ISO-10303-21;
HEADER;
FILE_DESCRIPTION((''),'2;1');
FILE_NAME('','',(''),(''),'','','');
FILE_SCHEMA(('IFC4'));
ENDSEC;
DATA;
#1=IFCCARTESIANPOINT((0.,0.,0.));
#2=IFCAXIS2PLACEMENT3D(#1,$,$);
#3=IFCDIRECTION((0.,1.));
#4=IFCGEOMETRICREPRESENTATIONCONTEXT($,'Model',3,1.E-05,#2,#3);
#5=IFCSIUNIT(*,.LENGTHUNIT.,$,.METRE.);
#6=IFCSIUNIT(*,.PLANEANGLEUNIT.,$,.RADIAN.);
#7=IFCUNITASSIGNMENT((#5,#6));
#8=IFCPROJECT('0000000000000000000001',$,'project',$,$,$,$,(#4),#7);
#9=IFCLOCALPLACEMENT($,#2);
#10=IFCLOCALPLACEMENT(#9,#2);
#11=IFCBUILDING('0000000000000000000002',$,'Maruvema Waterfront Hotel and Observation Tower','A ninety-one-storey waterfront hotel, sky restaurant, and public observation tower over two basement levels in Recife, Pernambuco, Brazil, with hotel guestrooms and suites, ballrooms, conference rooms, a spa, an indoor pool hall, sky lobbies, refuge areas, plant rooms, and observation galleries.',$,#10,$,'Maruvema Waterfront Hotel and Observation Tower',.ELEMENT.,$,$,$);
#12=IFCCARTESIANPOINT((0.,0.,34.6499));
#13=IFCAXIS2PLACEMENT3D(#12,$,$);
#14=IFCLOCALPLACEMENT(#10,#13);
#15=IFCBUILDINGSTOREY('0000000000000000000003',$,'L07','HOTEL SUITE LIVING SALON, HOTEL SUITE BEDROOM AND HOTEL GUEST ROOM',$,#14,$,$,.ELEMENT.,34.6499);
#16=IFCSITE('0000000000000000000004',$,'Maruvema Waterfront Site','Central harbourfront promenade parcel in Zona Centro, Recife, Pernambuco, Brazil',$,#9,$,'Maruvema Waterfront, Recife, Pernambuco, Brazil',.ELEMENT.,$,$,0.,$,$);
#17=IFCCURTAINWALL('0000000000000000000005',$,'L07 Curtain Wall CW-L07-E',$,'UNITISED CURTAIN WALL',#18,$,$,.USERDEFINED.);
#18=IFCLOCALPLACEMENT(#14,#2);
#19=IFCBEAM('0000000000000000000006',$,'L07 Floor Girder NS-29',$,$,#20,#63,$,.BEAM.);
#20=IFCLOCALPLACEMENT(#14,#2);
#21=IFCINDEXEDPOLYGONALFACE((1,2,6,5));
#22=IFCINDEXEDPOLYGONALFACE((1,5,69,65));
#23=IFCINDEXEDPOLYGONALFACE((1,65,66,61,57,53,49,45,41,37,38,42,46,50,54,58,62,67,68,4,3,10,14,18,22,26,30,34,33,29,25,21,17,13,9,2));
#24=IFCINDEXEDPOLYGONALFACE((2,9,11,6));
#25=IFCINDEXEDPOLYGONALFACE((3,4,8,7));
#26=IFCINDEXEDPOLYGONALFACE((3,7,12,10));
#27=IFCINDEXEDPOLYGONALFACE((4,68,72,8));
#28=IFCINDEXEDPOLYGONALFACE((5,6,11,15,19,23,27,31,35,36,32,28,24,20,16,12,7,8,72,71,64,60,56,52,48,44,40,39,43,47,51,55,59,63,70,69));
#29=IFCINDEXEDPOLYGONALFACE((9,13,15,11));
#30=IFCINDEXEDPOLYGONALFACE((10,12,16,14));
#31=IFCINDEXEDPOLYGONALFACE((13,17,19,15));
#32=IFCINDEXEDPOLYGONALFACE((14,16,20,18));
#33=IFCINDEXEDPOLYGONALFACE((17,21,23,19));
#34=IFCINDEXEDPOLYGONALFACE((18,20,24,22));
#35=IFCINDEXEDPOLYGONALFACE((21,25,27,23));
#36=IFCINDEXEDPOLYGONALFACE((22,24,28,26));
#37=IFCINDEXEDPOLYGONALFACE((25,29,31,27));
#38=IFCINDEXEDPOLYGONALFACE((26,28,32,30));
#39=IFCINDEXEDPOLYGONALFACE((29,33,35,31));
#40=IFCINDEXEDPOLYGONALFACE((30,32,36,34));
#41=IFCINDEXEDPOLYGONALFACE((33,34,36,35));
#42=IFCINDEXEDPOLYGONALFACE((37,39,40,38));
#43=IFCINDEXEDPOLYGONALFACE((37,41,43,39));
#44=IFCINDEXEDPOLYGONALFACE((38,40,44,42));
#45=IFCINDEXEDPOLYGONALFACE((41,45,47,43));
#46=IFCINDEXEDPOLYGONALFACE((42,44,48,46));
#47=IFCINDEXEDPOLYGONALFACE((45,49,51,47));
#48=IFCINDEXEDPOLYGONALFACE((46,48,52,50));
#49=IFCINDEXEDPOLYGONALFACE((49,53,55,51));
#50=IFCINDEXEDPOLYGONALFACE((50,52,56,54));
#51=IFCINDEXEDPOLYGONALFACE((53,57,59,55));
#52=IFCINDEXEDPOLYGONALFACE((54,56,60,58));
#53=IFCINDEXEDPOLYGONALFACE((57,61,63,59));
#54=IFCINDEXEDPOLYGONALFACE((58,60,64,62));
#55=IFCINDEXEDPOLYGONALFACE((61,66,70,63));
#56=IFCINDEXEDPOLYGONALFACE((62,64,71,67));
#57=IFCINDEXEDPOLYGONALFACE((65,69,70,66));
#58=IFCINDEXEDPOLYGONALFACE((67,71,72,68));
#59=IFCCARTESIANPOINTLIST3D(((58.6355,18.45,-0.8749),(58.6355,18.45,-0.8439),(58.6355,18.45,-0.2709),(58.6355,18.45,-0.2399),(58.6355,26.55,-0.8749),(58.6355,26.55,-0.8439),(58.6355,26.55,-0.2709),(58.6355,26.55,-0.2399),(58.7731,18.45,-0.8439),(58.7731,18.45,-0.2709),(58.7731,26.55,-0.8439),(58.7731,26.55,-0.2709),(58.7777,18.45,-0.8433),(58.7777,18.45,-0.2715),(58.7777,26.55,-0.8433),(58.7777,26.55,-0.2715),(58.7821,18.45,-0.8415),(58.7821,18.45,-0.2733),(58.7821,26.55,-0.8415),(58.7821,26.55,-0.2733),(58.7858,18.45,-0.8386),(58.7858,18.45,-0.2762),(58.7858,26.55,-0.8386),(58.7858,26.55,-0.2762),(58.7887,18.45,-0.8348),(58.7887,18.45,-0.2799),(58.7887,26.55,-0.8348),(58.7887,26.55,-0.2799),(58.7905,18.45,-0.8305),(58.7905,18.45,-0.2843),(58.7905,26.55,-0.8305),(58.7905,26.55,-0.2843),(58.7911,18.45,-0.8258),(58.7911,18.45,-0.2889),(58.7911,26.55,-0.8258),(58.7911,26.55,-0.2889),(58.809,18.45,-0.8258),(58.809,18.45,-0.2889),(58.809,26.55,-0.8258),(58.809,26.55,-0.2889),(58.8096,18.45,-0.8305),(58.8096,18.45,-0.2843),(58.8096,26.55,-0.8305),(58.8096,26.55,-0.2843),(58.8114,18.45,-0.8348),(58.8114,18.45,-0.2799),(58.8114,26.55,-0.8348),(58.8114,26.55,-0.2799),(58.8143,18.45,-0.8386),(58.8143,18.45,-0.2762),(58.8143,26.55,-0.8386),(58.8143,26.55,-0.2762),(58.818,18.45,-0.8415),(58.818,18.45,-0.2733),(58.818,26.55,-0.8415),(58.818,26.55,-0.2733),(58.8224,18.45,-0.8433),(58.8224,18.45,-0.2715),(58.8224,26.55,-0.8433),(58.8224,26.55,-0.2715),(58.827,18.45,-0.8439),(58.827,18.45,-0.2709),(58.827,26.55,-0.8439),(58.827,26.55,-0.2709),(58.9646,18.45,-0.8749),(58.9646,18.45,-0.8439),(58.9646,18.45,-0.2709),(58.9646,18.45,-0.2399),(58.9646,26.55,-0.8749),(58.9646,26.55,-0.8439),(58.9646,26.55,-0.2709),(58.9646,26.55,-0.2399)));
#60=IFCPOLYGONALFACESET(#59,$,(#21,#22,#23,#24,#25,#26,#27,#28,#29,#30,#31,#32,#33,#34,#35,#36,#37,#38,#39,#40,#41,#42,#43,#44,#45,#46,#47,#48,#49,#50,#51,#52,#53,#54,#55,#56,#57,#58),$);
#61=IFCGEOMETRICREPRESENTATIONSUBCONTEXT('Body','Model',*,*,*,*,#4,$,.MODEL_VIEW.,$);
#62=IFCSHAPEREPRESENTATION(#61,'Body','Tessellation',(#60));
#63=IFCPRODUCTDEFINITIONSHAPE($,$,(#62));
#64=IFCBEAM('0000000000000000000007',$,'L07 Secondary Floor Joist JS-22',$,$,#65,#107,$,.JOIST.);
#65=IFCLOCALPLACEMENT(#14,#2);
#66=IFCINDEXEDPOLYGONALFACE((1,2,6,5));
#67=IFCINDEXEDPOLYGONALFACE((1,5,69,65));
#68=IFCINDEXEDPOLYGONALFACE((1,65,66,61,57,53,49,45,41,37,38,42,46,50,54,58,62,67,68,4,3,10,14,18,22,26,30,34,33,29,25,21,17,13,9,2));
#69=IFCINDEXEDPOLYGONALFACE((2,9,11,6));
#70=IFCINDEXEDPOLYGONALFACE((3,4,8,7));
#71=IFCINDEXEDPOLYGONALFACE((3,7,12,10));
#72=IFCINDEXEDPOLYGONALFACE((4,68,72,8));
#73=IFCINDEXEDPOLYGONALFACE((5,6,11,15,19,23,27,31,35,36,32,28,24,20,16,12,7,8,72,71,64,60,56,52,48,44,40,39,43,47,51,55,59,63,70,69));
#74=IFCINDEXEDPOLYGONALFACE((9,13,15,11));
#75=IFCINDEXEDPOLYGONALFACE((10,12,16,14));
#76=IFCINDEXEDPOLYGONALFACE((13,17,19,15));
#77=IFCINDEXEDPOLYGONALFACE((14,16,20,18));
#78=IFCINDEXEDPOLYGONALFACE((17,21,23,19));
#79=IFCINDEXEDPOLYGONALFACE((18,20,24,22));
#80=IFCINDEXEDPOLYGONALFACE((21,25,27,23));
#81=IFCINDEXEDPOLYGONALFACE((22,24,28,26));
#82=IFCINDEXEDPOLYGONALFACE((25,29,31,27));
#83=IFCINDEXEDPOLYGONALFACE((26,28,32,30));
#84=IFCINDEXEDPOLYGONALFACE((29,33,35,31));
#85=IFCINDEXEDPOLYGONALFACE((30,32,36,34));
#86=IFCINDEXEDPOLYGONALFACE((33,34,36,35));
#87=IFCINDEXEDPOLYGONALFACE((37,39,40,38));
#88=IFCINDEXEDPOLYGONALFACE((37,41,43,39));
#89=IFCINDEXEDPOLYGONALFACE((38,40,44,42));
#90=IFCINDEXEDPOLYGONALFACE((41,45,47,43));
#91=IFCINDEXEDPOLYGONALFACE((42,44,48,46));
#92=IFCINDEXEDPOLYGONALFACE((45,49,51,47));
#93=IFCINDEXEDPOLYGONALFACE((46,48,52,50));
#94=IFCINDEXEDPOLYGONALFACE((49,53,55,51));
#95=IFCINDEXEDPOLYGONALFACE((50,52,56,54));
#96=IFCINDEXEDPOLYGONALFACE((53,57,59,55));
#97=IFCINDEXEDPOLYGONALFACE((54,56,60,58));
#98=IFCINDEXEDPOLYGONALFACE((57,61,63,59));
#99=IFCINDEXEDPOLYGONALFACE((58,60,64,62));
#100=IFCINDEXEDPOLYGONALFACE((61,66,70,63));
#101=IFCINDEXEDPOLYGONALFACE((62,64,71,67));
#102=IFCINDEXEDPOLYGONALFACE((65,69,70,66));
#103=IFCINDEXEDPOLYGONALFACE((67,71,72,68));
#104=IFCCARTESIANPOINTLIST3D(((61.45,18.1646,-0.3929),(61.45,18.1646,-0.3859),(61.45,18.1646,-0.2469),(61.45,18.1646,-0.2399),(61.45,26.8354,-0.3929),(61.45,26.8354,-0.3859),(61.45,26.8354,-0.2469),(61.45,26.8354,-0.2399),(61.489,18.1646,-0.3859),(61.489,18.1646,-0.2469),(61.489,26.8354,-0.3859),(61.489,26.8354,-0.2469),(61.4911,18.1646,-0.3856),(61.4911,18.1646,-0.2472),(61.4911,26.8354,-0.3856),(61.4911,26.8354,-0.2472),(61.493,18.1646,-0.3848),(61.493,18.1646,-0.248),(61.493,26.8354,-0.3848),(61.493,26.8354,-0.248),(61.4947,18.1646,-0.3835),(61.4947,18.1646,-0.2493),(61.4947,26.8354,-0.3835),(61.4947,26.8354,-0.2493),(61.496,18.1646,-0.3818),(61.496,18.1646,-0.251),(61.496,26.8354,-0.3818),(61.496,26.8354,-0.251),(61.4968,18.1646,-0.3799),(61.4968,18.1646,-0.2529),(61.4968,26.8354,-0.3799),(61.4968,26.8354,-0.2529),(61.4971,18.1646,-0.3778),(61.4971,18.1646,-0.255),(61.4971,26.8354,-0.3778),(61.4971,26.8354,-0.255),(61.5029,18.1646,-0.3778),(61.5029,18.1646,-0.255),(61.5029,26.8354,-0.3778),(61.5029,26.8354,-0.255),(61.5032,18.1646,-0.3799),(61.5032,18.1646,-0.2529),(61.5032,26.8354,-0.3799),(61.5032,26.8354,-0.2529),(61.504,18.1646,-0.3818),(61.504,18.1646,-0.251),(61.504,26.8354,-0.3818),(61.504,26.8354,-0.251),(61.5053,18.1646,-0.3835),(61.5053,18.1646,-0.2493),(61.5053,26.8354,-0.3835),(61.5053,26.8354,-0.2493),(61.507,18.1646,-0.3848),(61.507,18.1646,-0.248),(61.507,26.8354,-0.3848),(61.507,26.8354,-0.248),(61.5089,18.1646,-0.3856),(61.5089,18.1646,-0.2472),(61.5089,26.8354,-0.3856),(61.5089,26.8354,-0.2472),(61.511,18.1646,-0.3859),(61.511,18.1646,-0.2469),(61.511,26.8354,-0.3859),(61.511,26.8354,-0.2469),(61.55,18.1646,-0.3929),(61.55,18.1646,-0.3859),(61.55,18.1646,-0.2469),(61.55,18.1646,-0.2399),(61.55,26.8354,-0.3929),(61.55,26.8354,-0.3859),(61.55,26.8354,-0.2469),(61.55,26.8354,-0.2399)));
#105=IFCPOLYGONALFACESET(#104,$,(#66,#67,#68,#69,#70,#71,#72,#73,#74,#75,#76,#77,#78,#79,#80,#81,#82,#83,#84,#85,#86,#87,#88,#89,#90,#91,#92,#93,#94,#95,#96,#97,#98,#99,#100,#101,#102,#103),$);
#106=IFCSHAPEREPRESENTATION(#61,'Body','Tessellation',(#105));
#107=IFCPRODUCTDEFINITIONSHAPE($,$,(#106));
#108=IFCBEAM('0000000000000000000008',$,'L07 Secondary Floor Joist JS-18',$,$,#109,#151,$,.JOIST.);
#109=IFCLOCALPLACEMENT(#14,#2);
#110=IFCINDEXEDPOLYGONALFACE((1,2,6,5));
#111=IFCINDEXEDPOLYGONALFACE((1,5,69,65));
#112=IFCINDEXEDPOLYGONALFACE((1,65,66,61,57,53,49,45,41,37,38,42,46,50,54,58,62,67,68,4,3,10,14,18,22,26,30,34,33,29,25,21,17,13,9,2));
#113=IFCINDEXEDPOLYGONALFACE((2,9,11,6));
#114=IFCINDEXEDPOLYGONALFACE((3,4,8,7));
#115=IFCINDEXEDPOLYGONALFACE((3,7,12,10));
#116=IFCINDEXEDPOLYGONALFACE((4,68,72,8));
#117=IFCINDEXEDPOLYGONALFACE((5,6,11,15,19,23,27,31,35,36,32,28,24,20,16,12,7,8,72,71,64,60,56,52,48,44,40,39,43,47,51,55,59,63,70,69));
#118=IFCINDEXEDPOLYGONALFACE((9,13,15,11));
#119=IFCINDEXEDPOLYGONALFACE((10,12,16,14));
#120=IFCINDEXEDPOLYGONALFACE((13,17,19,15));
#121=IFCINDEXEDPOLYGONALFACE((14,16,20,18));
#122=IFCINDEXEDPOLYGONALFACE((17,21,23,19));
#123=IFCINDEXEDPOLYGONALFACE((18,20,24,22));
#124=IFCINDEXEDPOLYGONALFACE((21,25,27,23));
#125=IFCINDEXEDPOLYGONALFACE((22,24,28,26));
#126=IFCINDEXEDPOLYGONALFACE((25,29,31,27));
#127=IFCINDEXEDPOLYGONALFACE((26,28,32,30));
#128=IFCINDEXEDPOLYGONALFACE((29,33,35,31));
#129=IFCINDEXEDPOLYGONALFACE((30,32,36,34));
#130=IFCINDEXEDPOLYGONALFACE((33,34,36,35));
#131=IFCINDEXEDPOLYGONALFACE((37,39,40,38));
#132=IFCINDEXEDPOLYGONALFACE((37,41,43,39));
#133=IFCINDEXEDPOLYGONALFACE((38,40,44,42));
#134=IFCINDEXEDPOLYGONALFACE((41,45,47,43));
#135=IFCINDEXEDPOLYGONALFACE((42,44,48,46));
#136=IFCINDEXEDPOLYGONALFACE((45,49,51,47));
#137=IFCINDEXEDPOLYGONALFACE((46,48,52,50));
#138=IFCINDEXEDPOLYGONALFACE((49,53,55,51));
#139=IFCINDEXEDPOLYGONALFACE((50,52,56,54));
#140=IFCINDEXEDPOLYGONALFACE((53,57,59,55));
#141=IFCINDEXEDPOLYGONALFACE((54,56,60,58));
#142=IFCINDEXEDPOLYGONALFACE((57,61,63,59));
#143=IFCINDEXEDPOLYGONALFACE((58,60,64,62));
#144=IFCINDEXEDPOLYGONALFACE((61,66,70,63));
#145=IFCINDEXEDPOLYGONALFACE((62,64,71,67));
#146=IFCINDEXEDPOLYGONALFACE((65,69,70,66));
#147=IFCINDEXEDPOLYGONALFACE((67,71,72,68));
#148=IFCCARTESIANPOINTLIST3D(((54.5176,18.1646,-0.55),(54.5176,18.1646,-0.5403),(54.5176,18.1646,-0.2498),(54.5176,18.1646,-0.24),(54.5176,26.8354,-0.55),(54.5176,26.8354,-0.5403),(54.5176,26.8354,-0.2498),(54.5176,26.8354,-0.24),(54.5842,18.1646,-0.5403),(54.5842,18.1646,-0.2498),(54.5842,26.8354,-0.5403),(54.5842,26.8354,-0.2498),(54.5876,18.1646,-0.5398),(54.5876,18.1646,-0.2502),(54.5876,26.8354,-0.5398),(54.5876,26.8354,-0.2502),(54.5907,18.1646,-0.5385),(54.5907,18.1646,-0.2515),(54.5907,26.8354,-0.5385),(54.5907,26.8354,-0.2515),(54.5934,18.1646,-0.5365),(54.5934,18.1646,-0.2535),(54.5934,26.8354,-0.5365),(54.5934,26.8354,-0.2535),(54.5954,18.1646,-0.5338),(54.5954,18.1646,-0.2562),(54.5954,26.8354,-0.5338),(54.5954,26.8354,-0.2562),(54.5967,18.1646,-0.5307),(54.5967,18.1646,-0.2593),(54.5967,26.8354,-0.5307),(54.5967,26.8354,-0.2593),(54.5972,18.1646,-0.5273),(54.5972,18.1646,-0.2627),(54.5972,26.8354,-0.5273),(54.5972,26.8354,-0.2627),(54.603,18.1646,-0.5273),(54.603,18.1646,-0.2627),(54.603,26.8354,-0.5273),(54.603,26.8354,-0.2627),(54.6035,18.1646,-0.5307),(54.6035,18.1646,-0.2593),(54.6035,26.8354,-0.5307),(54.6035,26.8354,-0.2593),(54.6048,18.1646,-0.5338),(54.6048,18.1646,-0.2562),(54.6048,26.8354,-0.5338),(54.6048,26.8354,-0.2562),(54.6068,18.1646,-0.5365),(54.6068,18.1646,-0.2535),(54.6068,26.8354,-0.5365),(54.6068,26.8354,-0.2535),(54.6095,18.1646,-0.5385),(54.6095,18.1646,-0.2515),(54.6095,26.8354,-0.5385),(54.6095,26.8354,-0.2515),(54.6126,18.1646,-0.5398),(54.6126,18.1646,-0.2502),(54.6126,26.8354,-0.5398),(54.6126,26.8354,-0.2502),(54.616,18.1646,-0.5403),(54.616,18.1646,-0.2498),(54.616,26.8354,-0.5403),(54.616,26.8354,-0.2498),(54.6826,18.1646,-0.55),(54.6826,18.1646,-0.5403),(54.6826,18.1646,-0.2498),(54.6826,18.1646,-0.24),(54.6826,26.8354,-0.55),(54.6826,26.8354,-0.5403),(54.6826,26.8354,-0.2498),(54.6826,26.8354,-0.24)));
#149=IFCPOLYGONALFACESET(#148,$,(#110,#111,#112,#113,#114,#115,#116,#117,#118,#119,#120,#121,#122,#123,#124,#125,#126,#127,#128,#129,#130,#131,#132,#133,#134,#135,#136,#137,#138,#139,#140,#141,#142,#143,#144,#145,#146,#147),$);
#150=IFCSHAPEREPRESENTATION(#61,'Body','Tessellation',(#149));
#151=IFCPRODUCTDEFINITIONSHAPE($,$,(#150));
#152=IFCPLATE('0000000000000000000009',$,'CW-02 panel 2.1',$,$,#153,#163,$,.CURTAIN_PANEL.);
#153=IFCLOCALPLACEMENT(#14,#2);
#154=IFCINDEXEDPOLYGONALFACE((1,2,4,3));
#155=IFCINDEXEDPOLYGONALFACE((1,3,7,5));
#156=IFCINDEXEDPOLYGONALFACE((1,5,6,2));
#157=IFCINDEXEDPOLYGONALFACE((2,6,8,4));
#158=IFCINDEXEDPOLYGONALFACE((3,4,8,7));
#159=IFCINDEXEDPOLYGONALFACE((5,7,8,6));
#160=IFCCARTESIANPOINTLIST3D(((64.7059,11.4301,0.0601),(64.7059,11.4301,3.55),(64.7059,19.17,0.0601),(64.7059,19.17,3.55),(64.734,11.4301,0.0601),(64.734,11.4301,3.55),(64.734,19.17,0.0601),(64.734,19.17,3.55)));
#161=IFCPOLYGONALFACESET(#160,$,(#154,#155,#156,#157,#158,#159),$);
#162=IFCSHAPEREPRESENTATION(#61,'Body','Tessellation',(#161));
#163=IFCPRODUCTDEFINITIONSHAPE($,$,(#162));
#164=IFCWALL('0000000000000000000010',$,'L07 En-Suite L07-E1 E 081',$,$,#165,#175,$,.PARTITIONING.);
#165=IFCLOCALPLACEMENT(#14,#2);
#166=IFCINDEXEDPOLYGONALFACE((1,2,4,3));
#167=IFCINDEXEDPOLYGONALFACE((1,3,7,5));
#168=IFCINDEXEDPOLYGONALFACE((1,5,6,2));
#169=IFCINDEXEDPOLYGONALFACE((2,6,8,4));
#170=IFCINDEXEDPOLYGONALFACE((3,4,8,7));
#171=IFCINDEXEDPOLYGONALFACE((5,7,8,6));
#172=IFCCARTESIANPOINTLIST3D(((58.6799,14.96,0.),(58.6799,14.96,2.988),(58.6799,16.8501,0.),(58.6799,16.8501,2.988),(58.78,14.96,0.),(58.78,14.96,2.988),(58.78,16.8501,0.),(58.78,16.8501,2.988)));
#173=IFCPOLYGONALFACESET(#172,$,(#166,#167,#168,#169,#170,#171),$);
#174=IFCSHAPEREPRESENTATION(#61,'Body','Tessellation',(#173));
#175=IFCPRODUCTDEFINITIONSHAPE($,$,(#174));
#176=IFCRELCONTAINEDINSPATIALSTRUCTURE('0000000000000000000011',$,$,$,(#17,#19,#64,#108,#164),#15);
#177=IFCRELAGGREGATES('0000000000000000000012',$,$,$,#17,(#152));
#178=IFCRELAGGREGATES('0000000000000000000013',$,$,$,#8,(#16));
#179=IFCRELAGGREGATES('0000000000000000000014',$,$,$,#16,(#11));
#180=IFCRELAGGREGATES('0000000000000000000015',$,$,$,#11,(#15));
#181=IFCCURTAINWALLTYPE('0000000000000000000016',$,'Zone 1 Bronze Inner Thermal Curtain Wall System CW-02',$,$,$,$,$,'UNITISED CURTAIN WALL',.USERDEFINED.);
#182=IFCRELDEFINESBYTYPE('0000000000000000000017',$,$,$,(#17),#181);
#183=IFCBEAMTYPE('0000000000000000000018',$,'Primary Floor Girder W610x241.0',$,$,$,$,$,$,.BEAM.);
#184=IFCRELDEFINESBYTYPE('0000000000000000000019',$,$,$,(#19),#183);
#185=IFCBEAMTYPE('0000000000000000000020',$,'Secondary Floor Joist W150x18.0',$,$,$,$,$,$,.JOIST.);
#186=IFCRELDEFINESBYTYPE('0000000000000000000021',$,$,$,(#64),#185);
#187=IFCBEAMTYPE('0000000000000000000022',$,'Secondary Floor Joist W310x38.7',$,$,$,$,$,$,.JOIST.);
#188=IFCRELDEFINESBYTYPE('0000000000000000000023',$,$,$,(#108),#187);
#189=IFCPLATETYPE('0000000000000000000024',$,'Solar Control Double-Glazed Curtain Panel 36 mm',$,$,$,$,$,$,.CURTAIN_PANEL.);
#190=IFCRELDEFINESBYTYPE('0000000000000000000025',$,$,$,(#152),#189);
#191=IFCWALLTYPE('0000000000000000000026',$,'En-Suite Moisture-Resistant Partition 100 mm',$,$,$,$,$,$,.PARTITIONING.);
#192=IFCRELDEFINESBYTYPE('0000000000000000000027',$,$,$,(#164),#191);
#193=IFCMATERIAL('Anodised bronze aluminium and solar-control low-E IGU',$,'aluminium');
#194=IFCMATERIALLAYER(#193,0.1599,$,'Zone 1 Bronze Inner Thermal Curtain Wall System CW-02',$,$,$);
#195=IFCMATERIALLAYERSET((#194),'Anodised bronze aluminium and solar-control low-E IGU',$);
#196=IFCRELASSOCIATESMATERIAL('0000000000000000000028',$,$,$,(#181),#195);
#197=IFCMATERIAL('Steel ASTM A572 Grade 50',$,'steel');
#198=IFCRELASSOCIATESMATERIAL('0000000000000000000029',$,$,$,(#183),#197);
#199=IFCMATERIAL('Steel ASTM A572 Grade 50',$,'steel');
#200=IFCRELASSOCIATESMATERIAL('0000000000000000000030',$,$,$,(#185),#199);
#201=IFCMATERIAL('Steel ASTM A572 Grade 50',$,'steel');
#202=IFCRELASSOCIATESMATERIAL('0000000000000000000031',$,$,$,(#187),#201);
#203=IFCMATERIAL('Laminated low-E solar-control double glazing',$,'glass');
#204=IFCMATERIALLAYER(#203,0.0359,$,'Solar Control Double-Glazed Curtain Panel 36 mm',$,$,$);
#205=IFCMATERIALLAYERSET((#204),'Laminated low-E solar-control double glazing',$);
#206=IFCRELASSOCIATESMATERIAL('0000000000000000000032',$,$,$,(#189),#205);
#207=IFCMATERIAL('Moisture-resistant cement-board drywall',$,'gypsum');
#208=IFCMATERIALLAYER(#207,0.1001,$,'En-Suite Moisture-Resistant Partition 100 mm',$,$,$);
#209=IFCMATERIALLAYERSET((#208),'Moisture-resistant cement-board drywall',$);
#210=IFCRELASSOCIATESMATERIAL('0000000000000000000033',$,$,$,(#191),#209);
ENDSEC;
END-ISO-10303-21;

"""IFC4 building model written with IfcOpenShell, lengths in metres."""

from ifc_helpers import new_model, si_unit, direction, frame, frame_2d, origin, origin_2d, place, context, subcontext, project, spatial, rectangle, i_section, extrude, material, layer, layer_set, material_profile, profile_set, type_object, element, aggregate, save


model = new_model("IFC4")

# Units and contexts
model_context = context("Model", 3, precision=1e-05, world=origin(), true_north=direction((0.0, 1.0)))
body_context = subcontext(model_context, "Body", "Model", "MODEL_VIEW")
ifc_project = project(units=[si_unit("LENGTHUNIT", "METRE"), si_unit("PLANEANGLEUNIT", "RADIAN")], contexts=[model_context])

# Site, building, storey
site_placement = place(None, origin())
site = spatial("IfcSite", under=ifc_project, at=site_placement, Name="Maruvema Waterfront Site", Description="Central harbourfront promenade parcel in Zona Centro, Recife, Pernambuco, Brazil", LongName="Maruvema Waterfront, Recife, Pernambuco, Brazil", CompositionType="ELEMENT", RefElevation=0.0)
building_placement = place(site_placement, origin())
building = spatial("IfcBuilding", under=site, at=building_placement, Name="Maruvema Waterfront Hotel and Observation Tower", Description="A ninety-one-storey waterfront hotel, sky restaurant, and public observation tower over two basement levels in Recife, Pernambuco, Brazil, with hotel guestrooms and suites, ballrooms, conference rooms, a spa, an indoor pool hall, sky lobbies, refuge areas, plant rooms, and observation galleries.", LongName="Maruvema Waterfront Hotel and Observation Tower", CompositionType="ELEMENT")
storey_placement = place(building_placement, frame((0.0, 0.0, 34.6499)))
storey = spatial("IfcBuildingStorey", under=building, at=storey_placement, Name="L07", Description="HOTEL SUITE LIVING SALON, HOTEL SUITE BEDROOM AND HOTEL GUEST ROOM", CompositionType="ELEMENT", Elevation=34.6499)

# Curtain wall
ifc_material_1 = material(Name="Anodised bronze aluminium and solar-control low-E IGU", Category="aluminium")
ifc_layer_1 = layer(ifc_material_1, 0.1599, Name="Zone 1 Bronze Inner Thermal Curtain Wall System CW-02")
ifc_layer_set_1 = layer_set([ifc_layer_1], Name="Anodised bronze aluminium and solar-control low-E IGU")
curtain_wall_type = type_object("IfcCurtainWallType", Name="Zone 1 Bronze Inner Thermal Curtain Wall System CW-02", ElementType="UNITISED CURTAIN WALL", PredefinedType="USERDEFINED", material=ifc_layer_set_1)
curtain_wall_placement = place(storey_placement, origin())
curtain_wall = element("IfcCurtainWall", 1, at=curtain_wall_placement, inside=storey, type_object=curtain_wall_type, Name="L07 Curtain Wall CW-L07-E", ObjectType="UNITISED CURTAIN WALL", PredefinedType="USERDEFINED")

# Beams
ifc_material_2 = material(Name="Steel ASTM A572 Grade 50", Category="steel")
ifc_material_profile_1 = material_profile(ifc_material_2, i_section(OverallWidth=0.3291, OverallDepth=0.635, WebThickness=0.0178, FlangeThickness=0.031, FilletRadius=0.0181, at=origin_2d()), Name="W610x241.0")
ifc_profile_set_1 = profile_set([ifc_material_profile_1], Name="Steel ASTM A572 Grade 50")
beam_type_1 = type_object("IfcBeamType", Name="Primary Floor Girder W610x241.0", PredefinedType="BEAM", material=ifc_profile_set_1)
beam_1_placement = place(storey_placement, frame((58.8, 18.45, -0.5574), z_axis=(0.0, 1.0, 0.0), x_axis=(-1.0, 0.0, 0.0)))
element("IfcBeam", 2, at=beam_1_placement, inside=storey, type_object=beam_type_1, Name="L07 Floor Girder NS-29", PredefinedType="BEAM", context=body_context, shape_type="SweptSolid", body=[
    extrude(i_section(OverallWidth=0.3291, OverallDepth=0.635, WebThickness=0.0178, FlangeThickness=0.031, FilletRadius=0.0181, at=origin_2d()), origin(), (0.0, 0.0, 1.0), 8.1001),
])
ifc_material_3 = material(Name="Steel ASTM A572 Grade 50", Category="steel")
ifc_material_profile_2 = material_profile(ifc_material_3, i_section(OverallWidth=0.1001, OverallDepth=0.1531, WebThickness=0.0059, FlangeThickness=0.0071, FilletRadius=0.0081, at=origin_2d()), Name="W150x18.0")
ifc_profile_set_2 = profile_set([ifc_material_profile_2], Name="Steel ASTM A572 Grade 50")
beam_type_2 = type_object("IfcBeamType", Name="Secondary Floor Joist W150x18.0", PredefinedType="JOIST", material=ifc_profile_set_2)
beam_2_placement = place(storey_placement, frame((61.5, 18.1646, -0.3164), z_axis=(0.0, 1.0, 0.0), x_axis=(-1.0, 0.0, 0.0)))
element("IfcBeam", 3, at=beam_2_placement, inside=storey, type_object=beam_type_2, Name="L07 Secondary Floor Joist JS-22", PredefinedType="JOIST", context=body_context, shape_type="SweptSolid", body=[
    extrude(i_section(OverallWidth=0.1001, OverallDepth=0.1531, WebThickness=0.0059, FlangeThickness=0.0071, FilletRadius=0.0081, at=origin_2d()), origin(), (0.0, 0.0, 1.0), 8.6709),
])
ifc_material_4 = material(Name="Steel ASTM A572 Grade 50", Category="steel")
ifc_material_profile_3 = material_profile(ifc_material_4, i_section(OverallWidth=0.165, OverallDepth=0.3101, WebThickness=0.0059, FlangeThickness=0.0098, FilletRadius=0.0129, at=origin_2d()), Name="W310x38.7")
ifc_profile_set_3 = profile_set([ifc_material_profile_3], Name="Steel ASTM A572 Grade 50")
beam_type_3 = type_object("IfcBeamType", Name="Secondary Floor Joist W310x38.7", PredefinedType="JOIST", material=ifc_profile_set_3)
beam_3_placement = place(storey_placement, frame((54.6001, 18.1646, -0.395), z_axis=(0.0, 1.0, 0.0), x_axis=(-1.0, 0.0, 0.0)))
element("IfcBeam", 4, at=beam_3_placement, inside=storey, type_object=beam_type_3, Name="L07 Secondary Floor Joist JS-18", PredefinedType="JOIST", context=body_context, shape_type="SweptSolid", body=[
    extrude(i_section(OverallWidth=0.165, OverallDepth=0.3101, WebThickness=0.0059, FlangeThickness=0.0098, FilletRadius=0.0129, at=origin_2d()), origin(), (0.0, 0.0, 1.0), 8.6709),
])

# Plate
ifc_material_5 = material(Name="Laminated low-E solar-control double glazing", Category="glass")
ifc_layer_2 = layer(ifc_material_5, 0.0359, Name="Solar Control Double-Glazed Curtain Panel 36 mm")
ifc_layer_set_2 = layer_set([ifc_layer_2], Name="Laminated low-E solar-control double glazing")
plate_type = type_object("IfcPlateType", Name="Solar Control Double-Glazed Curtain Panel 36 mm", PredefinedType="CURTAIN_PANEL", material=ifc_layer_set_2)
plate_placement = place(storey_placement, frame((64.72, 15.3, 0.0601), z_axis=(0.0, 0.0, 1.0), x_axis=(0.0, 1.0, 0.0)))
plate = element("IfcPlate", 5, at=plate_placement, type_object=plate_type, Name="CW-02 panel 2.1", PredefinedType="CURTAIN_PANEL", context=body_context, shape_type="SweptSolid", body=[
    extrude(rectangle(XDim=7.74, YDim=0.0281, at=origin_2d()), origin(), (0.0, 0.0, 1.0), 3.49),
])
aggregate(curtain_wall, [plate])

# Wall
ifc_material_6 = material(Name="Moisture-resistant cement-board drywall", Category="gypsum")
ifc_layer_3 = layer(ifc_material_6, 0.1001, Name="En-Suite Moisture-Resistant Partition 100 mm")
ifc_layer_set_3 = layer_set([ifc_layer_3], Name="Moisture-resistant cement-board drywall")
wall_type_1 = type_object("IfcWallType", Name="En-Suite Moisture-Resistant Partition 100 mm", PredefinedType="PARTITIONING", material=ifc_layer_set_3)
wall_1_placement = place(storey_placement, frame((58.73, 14.96, 0.0), z_axis=(0.0, 0.0, 1.0), x_axis=(0.0, 1.0, 0.0)))
element("IfcWall", 6, at=wall_1_placement, inside=storey, type_object=wall_type_1, Name="L07 En-Suite L07-E1 E 081", PredefinedType="PARTITIONING", context=body_context, shape_type="SweptSolid", body=[
    extrude(rectangle(XDim=1.8901, YDim=0.1001, at=frame_2d((0.9451, 0.0))), origin(), (0.0, 0.0, 1.0), 2.988),
])

save(model, "model.ifc")
